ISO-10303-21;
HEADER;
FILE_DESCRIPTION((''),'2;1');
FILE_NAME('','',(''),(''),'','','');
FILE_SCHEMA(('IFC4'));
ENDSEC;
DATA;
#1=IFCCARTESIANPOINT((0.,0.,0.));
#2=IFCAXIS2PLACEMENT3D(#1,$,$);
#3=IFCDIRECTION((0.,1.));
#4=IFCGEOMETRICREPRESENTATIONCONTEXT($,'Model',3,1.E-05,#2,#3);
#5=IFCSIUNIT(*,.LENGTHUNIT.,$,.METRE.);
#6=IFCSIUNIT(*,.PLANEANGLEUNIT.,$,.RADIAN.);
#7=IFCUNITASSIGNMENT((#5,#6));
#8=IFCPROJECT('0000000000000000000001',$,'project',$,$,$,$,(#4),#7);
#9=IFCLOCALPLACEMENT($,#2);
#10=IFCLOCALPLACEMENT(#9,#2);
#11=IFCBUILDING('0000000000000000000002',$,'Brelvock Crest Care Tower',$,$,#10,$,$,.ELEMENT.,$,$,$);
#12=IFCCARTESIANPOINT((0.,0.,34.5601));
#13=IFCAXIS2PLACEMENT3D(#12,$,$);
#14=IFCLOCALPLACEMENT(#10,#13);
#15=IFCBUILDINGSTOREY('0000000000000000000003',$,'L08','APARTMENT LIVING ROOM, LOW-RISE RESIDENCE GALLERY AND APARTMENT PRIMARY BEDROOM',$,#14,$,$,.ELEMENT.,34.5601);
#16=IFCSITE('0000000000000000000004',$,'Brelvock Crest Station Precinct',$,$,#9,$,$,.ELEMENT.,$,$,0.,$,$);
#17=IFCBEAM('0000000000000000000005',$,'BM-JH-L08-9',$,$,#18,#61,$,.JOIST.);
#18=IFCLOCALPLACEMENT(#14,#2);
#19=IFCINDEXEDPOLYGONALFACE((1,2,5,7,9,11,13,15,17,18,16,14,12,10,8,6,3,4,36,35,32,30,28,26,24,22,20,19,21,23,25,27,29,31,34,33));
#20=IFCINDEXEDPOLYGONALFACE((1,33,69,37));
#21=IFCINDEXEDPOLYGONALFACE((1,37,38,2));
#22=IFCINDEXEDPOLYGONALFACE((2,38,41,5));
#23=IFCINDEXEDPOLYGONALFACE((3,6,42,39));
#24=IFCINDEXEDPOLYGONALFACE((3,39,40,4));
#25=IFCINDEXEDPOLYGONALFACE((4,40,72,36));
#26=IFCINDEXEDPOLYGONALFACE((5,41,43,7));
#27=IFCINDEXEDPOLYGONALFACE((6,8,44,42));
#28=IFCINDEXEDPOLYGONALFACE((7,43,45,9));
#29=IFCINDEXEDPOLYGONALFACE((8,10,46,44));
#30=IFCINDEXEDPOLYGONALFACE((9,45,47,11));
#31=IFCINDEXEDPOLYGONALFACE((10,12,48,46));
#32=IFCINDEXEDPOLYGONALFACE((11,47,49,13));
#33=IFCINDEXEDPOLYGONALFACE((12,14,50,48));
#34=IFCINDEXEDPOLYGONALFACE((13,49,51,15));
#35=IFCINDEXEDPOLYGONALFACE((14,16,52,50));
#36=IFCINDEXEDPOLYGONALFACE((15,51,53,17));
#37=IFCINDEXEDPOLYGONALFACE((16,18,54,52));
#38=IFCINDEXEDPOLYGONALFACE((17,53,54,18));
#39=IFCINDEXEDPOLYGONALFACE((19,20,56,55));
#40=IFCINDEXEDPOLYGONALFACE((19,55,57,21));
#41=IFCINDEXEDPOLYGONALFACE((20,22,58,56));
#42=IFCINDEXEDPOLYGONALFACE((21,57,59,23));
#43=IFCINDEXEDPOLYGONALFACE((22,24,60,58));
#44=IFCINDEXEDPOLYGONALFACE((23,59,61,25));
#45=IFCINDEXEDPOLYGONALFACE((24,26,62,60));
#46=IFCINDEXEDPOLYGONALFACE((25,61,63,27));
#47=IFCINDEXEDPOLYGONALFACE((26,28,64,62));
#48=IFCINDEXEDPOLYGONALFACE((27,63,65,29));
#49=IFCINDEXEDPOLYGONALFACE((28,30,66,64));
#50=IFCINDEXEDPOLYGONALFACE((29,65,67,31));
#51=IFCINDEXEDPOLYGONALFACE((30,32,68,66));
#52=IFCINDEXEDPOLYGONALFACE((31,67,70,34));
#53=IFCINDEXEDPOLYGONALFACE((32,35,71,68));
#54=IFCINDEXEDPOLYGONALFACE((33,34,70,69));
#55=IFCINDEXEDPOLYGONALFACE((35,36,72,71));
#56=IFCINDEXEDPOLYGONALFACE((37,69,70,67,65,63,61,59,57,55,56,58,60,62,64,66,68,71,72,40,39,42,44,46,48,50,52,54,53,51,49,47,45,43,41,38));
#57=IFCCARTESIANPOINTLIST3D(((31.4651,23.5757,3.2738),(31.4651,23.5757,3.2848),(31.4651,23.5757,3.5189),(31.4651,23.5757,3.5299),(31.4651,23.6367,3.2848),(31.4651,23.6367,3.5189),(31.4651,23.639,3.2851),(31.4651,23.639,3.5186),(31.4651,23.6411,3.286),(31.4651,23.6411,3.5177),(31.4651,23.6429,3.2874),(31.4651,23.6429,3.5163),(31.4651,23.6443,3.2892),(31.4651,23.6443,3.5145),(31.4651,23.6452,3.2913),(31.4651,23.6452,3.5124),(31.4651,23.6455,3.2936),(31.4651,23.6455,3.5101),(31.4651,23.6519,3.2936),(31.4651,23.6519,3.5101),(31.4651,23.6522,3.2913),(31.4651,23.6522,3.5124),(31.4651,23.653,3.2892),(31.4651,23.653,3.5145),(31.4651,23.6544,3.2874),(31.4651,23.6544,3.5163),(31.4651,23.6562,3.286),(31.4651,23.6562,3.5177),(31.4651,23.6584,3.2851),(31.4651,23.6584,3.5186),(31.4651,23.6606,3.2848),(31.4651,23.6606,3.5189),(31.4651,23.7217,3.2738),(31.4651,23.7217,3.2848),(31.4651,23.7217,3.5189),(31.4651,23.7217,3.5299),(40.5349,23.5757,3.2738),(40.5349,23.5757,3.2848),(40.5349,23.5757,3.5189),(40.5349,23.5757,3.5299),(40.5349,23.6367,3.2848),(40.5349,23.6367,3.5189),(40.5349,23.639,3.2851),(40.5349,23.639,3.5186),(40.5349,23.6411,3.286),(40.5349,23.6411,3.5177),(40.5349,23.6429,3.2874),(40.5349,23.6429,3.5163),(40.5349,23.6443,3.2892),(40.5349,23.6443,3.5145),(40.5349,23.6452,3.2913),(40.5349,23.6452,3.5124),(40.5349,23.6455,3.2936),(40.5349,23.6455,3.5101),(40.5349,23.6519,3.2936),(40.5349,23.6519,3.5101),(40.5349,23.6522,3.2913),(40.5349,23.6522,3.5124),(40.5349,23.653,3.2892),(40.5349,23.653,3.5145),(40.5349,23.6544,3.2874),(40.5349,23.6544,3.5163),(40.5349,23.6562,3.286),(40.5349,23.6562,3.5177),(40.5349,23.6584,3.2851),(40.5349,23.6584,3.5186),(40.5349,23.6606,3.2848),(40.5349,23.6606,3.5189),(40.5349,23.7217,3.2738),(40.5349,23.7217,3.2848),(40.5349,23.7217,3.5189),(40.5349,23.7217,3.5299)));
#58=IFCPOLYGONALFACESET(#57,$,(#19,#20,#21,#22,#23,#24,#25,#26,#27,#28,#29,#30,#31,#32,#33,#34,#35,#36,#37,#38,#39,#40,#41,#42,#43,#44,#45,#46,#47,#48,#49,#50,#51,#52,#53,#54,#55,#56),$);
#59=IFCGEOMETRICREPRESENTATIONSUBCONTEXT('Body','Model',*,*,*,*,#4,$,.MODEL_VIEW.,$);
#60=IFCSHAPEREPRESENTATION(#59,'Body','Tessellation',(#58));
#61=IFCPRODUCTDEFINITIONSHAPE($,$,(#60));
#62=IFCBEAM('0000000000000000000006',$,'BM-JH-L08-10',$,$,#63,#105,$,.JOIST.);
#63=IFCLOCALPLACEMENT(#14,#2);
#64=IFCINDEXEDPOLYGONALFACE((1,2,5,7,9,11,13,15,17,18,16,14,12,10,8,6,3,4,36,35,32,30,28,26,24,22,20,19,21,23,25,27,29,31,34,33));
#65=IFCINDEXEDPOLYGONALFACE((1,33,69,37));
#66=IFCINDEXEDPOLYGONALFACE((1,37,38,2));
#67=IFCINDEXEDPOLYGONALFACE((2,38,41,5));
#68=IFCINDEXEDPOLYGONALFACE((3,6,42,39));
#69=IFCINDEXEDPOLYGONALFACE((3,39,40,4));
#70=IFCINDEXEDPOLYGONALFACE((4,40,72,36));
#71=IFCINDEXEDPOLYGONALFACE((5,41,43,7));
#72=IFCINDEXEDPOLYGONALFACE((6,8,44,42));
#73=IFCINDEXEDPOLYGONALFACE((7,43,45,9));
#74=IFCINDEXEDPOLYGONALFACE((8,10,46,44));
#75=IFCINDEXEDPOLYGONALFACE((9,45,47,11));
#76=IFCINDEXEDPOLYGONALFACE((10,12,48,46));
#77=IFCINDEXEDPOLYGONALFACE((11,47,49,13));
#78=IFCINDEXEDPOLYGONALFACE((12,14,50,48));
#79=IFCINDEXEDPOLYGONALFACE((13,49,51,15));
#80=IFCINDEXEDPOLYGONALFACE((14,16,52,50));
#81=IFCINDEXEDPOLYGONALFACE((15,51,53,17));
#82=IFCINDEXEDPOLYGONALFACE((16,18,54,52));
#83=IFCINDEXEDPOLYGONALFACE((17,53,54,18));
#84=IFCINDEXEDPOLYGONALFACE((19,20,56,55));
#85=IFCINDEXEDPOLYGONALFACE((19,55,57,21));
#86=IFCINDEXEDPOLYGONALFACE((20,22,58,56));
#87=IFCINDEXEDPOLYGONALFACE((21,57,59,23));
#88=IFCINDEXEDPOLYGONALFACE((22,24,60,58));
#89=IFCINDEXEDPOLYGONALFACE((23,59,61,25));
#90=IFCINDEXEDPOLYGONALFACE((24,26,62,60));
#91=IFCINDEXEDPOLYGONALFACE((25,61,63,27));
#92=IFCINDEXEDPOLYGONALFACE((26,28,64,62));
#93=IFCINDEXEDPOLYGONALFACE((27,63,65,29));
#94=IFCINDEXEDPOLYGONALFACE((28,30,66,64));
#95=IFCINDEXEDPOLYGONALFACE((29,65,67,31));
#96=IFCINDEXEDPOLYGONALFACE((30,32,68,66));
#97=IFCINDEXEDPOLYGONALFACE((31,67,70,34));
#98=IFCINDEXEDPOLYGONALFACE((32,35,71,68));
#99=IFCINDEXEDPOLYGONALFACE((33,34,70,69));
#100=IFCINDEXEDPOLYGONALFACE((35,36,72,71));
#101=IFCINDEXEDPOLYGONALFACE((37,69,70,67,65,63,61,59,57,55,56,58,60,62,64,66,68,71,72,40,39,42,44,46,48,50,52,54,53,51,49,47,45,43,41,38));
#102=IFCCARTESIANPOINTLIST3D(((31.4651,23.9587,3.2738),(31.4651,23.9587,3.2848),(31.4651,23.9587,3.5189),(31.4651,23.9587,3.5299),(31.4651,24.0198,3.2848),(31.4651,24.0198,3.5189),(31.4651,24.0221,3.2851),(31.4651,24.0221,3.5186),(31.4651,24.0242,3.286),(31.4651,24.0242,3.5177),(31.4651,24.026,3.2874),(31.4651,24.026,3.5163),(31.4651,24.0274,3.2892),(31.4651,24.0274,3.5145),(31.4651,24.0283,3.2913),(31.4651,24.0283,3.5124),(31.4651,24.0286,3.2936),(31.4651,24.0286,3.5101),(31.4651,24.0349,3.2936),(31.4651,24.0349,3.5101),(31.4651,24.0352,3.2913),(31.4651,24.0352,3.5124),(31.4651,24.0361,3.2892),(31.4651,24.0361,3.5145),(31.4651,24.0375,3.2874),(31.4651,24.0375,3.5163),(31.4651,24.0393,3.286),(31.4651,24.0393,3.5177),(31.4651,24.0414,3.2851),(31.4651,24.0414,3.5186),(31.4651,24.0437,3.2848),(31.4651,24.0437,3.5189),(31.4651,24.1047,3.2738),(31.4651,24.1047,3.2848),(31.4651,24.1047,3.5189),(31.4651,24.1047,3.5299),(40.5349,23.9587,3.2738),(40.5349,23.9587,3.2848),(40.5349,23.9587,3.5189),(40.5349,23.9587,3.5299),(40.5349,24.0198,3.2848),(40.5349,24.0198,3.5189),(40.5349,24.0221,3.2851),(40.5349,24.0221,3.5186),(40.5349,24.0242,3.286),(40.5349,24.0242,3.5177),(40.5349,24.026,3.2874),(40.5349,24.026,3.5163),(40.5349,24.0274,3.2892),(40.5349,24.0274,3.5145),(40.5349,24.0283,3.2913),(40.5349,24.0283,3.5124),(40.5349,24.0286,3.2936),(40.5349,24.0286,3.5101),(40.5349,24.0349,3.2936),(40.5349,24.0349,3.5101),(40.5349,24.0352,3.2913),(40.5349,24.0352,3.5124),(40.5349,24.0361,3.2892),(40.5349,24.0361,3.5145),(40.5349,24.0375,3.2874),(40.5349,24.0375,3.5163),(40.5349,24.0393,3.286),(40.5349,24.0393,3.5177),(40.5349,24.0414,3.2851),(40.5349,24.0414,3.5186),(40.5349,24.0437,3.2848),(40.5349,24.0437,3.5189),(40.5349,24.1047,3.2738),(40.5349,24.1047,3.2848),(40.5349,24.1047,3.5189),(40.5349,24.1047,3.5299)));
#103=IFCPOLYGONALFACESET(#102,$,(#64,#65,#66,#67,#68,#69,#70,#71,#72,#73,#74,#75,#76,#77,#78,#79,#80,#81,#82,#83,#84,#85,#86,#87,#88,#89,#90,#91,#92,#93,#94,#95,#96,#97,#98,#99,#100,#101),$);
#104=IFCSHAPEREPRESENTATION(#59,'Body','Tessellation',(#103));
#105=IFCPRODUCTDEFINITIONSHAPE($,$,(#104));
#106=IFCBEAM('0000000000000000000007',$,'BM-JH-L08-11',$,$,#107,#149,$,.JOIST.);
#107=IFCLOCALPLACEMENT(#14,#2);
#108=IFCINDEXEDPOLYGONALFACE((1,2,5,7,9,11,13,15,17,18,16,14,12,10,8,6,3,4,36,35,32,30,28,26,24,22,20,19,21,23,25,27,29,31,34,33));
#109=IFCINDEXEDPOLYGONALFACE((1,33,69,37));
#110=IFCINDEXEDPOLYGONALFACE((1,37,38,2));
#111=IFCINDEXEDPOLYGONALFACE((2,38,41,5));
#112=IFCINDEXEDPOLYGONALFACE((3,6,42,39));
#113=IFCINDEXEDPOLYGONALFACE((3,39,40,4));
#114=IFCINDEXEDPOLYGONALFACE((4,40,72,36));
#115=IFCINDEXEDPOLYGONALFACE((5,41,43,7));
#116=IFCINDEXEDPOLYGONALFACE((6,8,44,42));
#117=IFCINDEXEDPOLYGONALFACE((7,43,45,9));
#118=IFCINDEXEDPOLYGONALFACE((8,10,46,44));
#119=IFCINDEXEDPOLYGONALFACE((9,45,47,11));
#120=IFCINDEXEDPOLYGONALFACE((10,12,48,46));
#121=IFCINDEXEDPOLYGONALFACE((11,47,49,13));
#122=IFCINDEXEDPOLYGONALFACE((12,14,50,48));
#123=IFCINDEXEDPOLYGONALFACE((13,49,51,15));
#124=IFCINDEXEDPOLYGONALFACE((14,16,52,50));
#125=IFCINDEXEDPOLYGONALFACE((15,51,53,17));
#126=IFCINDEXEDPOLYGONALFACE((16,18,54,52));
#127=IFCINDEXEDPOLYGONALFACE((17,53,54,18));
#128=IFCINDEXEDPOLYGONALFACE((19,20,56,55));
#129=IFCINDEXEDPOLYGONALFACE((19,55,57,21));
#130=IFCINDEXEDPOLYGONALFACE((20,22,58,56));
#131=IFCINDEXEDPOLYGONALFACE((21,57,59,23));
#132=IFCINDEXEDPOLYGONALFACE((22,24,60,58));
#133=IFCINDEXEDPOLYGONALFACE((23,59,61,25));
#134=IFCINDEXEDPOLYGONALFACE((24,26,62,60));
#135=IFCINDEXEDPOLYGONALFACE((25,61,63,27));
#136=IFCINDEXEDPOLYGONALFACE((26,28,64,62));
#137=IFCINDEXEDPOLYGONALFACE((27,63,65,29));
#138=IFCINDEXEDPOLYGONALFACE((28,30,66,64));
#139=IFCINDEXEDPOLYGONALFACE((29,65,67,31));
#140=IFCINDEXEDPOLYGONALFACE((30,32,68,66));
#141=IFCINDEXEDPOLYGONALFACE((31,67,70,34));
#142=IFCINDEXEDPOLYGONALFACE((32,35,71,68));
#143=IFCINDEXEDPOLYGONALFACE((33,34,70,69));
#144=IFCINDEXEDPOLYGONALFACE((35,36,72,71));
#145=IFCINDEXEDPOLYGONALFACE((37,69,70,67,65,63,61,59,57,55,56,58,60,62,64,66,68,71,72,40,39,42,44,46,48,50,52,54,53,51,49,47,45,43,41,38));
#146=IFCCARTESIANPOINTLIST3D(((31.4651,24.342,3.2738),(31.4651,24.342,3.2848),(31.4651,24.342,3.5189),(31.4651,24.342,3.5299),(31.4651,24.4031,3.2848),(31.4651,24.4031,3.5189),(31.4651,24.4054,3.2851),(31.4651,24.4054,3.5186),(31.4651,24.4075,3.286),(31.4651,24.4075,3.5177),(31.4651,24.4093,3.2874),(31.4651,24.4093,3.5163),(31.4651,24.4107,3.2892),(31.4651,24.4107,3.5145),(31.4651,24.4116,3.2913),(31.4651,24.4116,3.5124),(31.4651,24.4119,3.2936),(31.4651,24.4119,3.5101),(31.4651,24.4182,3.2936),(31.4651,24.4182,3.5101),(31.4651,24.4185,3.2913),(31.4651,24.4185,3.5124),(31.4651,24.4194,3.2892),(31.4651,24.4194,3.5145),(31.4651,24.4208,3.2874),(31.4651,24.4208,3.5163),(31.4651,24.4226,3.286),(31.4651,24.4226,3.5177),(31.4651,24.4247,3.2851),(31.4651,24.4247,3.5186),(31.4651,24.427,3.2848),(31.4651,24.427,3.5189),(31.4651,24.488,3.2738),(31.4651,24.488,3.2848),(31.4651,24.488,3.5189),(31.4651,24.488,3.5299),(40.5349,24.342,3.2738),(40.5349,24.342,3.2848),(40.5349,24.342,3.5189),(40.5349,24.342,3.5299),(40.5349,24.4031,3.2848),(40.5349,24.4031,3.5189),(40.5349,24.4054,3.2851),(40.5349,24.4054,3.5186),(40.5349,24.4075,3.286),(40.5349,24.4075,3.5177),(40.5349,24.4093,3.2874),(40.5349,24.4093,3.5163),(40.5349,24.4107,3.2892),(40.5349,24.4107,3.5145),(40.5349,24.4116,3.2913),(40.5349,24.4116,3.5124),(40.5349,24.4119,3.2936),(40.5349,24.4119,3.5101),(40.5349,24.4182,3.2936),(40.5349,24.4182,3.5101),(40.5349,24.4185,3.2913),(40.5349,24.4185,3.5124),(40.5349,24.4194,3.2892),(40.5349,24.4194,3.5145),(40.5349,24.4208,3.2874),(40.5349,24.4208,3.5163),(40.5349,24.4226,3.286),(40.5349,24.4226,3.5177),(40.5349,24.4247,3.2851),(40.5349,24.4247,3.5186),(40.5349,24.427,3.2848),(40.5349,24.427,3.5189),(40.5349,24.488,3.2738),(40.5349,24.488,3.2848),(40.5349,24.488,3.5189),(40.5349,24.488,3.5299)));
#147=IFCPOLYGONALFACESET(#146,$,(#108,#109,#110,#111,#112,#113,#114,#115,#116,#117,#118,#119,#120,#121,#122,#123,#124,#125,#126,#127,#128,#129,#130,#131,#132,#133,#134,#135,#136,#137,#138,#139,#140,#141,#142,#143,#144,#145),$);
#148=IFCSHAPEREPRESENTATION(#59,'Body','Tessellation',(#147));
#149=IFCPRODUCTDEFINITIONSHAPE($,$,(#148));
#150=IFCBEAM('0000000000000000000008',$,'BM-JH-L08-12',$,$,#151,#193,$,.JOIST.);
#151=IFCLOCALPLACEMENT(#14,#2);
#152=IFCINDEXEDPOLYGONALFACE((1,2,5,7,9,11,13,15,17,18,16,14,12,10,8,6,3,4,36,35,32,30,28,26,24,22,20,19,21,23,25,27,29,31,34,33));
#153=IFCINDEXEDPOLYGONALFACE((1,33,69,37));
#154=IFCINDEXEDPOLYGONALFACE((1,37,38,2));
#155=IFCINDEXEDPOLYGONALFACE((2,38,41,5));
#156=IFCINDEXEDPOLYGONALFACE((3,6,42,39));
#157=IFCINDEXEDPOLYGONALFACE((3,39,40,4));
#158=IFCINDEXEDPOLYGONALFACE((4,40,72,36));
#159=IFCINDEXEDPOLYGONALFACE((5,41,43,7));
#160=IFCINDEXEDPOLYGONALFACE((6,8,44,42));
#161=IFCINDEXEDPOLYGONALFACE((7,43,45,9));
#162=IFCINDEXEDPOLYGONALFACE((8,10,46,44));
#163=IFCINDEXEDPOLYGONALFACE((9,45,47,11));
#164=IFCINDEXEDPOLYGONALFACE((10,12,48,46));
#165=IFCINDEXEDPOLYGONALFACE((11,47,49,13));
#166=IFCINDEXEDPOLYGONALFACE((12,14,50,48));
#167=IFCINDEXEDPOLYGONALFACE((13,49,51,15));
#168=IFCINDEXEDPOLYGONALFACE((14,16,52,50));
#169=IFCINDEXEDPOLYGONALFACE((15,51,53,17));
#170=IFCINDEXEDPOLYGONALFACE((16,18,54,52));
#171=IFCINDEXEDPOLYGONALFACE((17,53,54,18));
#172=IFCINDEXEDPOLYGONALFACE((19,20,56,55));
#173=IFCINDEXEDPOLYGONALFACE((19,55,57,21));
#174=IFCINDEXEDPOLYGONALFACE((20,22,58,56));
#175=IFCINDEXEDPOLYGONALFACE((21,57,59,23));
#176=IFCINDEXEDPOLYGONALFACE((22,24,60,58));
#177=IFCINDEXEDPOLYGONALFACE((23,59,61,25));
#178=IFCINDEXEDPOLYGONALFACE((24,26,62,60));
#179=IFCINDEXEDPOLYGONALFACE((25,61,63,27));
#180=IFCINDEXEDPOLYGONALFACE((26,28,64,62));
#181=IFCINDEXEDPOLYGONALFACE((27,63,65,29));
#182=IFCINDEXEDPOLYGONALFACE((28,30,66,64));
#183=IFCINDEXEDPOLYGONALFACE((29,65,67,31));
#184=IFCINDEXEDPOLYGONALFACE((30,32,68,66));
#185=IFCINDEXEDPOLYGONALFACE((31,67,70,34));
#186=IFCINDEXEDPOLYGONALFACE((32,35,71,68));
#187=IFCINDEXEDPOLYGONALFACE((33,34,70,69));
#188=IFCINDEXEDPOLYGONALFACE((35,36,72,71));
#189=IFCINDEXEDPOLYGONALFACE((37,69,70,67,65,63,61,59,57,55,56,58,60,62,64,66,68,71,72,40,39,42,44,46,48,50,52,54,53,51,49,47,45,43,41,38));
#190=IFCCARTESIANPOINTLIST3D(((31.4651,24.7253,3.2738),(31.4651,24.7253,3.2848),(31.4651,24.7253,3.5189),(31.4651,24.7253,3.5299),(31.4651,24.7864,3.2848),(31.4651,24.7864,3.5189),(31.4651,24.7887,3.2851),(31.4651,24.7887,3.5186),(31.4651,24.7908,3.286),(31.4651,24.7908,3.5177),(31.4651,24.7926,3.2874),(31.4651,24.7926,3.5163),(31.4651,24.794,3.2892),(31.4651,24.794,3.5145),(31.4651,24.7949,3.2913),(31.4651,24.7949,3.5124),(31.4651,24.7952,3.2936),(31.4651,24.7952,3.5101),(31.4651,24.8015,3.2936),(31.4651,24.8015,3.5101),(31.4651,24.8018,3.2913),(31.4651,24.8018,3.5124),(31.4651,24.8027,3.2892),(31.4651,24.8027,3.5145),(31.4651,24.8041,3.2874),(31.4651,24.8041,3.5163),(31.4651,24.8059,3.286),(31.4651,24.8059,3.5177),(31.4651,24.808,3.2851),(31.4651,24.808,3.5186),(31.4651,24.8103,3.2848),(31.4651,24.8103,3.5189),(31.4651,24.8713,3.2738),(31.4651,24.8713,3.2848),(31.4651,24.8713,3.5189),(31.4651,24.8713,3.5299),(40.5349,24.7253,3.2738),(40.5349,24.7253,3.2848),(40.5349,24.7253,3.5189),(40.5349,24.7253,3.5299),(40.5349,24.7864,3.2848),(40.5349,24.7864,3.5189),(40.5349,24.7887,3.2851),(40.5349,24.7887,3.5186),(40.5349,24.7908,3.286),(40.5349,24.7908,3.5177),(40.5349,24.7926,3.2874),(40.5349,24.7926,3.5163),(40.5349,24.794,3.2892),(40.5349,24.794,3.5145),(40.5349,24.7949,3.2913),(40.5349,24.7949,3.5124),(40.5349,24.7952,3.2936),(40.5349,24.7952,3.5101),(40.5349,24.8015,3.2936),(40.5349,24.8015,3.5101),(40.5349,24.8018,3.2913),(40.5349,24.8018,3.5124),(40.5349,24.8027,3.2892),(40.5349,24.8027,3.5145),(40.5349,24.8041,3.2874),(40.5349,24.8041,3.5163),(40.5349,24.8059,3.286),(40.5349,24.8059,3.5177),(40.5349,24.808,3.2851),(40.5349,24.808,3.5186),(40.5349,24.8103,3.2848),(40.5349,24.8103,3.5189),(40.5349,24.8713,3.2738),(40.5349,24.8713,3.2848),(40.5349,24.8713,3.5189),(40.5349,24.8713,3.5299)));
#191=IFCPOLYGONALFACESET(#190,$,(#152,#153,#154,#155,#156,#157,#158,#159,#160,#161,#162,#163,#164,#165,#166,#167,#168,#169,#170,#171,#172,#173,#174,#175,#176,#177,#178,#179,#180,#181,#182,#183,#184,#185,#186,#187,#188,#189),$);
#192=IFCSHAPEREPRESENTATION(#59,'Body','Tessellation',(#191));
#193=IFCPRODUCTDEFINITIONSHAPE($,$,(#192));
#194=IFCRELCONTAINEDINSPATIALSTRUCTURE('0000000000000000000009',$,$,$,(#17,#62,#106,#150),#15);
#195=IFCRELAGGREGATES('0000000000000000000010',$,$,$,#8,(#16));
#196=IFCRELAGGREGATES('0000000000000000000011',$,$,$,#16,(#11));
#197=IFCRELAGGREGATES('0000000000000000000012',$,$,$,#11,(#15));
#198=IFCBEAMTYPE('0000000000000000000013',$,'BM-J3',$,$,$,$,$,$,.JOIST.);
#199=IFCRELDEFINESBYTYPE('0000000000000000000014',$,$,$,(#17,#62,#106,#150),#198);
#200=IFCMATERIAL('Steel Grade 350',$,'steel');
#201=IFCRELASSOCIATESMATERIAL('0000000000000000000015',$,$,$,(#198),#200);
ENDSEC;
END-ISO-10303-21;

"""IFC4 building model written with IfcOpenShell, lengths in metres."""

from ifc_helpers import new_model, si_unit, direction, frame, origin, origin_2d, place, context, subcontext, project, spatial, i_section, extrude, source, transform, mapped, material, material_profile, profile_set, type_object, element, save


model = new_model("IFC4")

# Units and contexts
model_context = context("Model", 3, precision=1e-05, world=origin(), true_north=direction((0.0, 1.0)))
body_context = subcontext(model_context, "Body", "Model", "MODEL_VIEW")
ifc_project = project(units=[si_unit("LENGTHUNIT", "METRE"), si_unit("PLANEANGLEUNIT", "RADIAN")], contexts=[model_context])

# Site, building, storey
site_placement = place(None, origin())
site = spatial("IfcSite", under=ifc_project, at=site_placement, Name="Brelvock Crest Station Precinct", CompositionType="ELEMENT", RefElevation=0.0)
building_placement = place(site_placement, origin())
building = spatial("IfcBuilding", under=site, at=building_placement, Name="Brelvock Crest Care Tower", CompositionType="ELEMENT")
storey_placement = place(building_placement, frame((0.0, 0.0, 34.5601)))
storey = spatial("IfcBuildingStorey", under=building, at=storey_placement, Name="L08", Description="APARTMENT LIVING ROOM, LOW-RISE RESIDENCE GALLERY AND APARTMENT PRIMARY BEDROOM", CompositionType="ELEMENT", Elevation=34.5601)

# Beams
ifc_material_1 = material(Name="Steel Grade 350", Category="steel")
ifc_material_profile = material_profile(ifc_material_1, i_section(OverallWidth=0.146, OverallDepth=0.2561, WebThickness=0.0063, FlangeThickness=0.011, FilletRadius=0.0088, at=origin_2d()), Name="250UB37.3")
ifc_profile_set = profile_set([ifc_material_profile], Name="Steel Grade 350")
beam_type = type_object("IfcBeamType", Name="BM-J3", PredefinedType="JOIST", material=ifc_profile_set)
shared_shape_1 = source(origin(), body_context, "Body", "SweptSolid", [
    extrude(i_section(OverallWidth=0.146, OverallDepth=0.2561, WebThickness=0.0063, FlangeThickness=0.011, FilletRadius=0.0088, at=origin_2d()), origin(), (0.0, 0.0, 1.0), 9.0698),
])
for number, where, z_axis, x_axis, name in (
    (1, (31.4651, 23.6487, 3.4019), (1.0, 0.0, 0.0), (0.0, 1.0, 0.0), "BM-JH-L08-9"),
    (2, (31.4651, 24.0317, 3.4019), (1.0, 0.0, 0.0), (0.0, 1.0, 0.0), "BM-JH-L08-10"),
    (3, (31.4651, 24.415, 3.4019), (1.0, 0.0, 0.0), (0.0, 1.0, 0.0), "BM-JH-L08-11"),
    (4, (31.4651, 24.7983, 3.4019), (1.0, 0.0, 0.0), (0.0, 1.0, 0.0), "BM-JH-L08-12"),
):
    element("IfcBeam", number, at=place(storey_placement, frame(where, z_axis=z_axis, x_axis=x_axis)), inside=storey, type_object=beam_type, Name=name, PredefinedType="JOIST", context=body_context, shape_type="MappedRepresentation", body=[
        mapped(shared_shape_1, transform((0.0, 0.0, 0.0), x_axis=(1.0, 0.0, 0.0), y_axis=(0.0, 1.0, 0.0), z_axis=(0.0, 0.0, 1.0), scale=1.0)),
    ])

save(model, "model.ifc")
